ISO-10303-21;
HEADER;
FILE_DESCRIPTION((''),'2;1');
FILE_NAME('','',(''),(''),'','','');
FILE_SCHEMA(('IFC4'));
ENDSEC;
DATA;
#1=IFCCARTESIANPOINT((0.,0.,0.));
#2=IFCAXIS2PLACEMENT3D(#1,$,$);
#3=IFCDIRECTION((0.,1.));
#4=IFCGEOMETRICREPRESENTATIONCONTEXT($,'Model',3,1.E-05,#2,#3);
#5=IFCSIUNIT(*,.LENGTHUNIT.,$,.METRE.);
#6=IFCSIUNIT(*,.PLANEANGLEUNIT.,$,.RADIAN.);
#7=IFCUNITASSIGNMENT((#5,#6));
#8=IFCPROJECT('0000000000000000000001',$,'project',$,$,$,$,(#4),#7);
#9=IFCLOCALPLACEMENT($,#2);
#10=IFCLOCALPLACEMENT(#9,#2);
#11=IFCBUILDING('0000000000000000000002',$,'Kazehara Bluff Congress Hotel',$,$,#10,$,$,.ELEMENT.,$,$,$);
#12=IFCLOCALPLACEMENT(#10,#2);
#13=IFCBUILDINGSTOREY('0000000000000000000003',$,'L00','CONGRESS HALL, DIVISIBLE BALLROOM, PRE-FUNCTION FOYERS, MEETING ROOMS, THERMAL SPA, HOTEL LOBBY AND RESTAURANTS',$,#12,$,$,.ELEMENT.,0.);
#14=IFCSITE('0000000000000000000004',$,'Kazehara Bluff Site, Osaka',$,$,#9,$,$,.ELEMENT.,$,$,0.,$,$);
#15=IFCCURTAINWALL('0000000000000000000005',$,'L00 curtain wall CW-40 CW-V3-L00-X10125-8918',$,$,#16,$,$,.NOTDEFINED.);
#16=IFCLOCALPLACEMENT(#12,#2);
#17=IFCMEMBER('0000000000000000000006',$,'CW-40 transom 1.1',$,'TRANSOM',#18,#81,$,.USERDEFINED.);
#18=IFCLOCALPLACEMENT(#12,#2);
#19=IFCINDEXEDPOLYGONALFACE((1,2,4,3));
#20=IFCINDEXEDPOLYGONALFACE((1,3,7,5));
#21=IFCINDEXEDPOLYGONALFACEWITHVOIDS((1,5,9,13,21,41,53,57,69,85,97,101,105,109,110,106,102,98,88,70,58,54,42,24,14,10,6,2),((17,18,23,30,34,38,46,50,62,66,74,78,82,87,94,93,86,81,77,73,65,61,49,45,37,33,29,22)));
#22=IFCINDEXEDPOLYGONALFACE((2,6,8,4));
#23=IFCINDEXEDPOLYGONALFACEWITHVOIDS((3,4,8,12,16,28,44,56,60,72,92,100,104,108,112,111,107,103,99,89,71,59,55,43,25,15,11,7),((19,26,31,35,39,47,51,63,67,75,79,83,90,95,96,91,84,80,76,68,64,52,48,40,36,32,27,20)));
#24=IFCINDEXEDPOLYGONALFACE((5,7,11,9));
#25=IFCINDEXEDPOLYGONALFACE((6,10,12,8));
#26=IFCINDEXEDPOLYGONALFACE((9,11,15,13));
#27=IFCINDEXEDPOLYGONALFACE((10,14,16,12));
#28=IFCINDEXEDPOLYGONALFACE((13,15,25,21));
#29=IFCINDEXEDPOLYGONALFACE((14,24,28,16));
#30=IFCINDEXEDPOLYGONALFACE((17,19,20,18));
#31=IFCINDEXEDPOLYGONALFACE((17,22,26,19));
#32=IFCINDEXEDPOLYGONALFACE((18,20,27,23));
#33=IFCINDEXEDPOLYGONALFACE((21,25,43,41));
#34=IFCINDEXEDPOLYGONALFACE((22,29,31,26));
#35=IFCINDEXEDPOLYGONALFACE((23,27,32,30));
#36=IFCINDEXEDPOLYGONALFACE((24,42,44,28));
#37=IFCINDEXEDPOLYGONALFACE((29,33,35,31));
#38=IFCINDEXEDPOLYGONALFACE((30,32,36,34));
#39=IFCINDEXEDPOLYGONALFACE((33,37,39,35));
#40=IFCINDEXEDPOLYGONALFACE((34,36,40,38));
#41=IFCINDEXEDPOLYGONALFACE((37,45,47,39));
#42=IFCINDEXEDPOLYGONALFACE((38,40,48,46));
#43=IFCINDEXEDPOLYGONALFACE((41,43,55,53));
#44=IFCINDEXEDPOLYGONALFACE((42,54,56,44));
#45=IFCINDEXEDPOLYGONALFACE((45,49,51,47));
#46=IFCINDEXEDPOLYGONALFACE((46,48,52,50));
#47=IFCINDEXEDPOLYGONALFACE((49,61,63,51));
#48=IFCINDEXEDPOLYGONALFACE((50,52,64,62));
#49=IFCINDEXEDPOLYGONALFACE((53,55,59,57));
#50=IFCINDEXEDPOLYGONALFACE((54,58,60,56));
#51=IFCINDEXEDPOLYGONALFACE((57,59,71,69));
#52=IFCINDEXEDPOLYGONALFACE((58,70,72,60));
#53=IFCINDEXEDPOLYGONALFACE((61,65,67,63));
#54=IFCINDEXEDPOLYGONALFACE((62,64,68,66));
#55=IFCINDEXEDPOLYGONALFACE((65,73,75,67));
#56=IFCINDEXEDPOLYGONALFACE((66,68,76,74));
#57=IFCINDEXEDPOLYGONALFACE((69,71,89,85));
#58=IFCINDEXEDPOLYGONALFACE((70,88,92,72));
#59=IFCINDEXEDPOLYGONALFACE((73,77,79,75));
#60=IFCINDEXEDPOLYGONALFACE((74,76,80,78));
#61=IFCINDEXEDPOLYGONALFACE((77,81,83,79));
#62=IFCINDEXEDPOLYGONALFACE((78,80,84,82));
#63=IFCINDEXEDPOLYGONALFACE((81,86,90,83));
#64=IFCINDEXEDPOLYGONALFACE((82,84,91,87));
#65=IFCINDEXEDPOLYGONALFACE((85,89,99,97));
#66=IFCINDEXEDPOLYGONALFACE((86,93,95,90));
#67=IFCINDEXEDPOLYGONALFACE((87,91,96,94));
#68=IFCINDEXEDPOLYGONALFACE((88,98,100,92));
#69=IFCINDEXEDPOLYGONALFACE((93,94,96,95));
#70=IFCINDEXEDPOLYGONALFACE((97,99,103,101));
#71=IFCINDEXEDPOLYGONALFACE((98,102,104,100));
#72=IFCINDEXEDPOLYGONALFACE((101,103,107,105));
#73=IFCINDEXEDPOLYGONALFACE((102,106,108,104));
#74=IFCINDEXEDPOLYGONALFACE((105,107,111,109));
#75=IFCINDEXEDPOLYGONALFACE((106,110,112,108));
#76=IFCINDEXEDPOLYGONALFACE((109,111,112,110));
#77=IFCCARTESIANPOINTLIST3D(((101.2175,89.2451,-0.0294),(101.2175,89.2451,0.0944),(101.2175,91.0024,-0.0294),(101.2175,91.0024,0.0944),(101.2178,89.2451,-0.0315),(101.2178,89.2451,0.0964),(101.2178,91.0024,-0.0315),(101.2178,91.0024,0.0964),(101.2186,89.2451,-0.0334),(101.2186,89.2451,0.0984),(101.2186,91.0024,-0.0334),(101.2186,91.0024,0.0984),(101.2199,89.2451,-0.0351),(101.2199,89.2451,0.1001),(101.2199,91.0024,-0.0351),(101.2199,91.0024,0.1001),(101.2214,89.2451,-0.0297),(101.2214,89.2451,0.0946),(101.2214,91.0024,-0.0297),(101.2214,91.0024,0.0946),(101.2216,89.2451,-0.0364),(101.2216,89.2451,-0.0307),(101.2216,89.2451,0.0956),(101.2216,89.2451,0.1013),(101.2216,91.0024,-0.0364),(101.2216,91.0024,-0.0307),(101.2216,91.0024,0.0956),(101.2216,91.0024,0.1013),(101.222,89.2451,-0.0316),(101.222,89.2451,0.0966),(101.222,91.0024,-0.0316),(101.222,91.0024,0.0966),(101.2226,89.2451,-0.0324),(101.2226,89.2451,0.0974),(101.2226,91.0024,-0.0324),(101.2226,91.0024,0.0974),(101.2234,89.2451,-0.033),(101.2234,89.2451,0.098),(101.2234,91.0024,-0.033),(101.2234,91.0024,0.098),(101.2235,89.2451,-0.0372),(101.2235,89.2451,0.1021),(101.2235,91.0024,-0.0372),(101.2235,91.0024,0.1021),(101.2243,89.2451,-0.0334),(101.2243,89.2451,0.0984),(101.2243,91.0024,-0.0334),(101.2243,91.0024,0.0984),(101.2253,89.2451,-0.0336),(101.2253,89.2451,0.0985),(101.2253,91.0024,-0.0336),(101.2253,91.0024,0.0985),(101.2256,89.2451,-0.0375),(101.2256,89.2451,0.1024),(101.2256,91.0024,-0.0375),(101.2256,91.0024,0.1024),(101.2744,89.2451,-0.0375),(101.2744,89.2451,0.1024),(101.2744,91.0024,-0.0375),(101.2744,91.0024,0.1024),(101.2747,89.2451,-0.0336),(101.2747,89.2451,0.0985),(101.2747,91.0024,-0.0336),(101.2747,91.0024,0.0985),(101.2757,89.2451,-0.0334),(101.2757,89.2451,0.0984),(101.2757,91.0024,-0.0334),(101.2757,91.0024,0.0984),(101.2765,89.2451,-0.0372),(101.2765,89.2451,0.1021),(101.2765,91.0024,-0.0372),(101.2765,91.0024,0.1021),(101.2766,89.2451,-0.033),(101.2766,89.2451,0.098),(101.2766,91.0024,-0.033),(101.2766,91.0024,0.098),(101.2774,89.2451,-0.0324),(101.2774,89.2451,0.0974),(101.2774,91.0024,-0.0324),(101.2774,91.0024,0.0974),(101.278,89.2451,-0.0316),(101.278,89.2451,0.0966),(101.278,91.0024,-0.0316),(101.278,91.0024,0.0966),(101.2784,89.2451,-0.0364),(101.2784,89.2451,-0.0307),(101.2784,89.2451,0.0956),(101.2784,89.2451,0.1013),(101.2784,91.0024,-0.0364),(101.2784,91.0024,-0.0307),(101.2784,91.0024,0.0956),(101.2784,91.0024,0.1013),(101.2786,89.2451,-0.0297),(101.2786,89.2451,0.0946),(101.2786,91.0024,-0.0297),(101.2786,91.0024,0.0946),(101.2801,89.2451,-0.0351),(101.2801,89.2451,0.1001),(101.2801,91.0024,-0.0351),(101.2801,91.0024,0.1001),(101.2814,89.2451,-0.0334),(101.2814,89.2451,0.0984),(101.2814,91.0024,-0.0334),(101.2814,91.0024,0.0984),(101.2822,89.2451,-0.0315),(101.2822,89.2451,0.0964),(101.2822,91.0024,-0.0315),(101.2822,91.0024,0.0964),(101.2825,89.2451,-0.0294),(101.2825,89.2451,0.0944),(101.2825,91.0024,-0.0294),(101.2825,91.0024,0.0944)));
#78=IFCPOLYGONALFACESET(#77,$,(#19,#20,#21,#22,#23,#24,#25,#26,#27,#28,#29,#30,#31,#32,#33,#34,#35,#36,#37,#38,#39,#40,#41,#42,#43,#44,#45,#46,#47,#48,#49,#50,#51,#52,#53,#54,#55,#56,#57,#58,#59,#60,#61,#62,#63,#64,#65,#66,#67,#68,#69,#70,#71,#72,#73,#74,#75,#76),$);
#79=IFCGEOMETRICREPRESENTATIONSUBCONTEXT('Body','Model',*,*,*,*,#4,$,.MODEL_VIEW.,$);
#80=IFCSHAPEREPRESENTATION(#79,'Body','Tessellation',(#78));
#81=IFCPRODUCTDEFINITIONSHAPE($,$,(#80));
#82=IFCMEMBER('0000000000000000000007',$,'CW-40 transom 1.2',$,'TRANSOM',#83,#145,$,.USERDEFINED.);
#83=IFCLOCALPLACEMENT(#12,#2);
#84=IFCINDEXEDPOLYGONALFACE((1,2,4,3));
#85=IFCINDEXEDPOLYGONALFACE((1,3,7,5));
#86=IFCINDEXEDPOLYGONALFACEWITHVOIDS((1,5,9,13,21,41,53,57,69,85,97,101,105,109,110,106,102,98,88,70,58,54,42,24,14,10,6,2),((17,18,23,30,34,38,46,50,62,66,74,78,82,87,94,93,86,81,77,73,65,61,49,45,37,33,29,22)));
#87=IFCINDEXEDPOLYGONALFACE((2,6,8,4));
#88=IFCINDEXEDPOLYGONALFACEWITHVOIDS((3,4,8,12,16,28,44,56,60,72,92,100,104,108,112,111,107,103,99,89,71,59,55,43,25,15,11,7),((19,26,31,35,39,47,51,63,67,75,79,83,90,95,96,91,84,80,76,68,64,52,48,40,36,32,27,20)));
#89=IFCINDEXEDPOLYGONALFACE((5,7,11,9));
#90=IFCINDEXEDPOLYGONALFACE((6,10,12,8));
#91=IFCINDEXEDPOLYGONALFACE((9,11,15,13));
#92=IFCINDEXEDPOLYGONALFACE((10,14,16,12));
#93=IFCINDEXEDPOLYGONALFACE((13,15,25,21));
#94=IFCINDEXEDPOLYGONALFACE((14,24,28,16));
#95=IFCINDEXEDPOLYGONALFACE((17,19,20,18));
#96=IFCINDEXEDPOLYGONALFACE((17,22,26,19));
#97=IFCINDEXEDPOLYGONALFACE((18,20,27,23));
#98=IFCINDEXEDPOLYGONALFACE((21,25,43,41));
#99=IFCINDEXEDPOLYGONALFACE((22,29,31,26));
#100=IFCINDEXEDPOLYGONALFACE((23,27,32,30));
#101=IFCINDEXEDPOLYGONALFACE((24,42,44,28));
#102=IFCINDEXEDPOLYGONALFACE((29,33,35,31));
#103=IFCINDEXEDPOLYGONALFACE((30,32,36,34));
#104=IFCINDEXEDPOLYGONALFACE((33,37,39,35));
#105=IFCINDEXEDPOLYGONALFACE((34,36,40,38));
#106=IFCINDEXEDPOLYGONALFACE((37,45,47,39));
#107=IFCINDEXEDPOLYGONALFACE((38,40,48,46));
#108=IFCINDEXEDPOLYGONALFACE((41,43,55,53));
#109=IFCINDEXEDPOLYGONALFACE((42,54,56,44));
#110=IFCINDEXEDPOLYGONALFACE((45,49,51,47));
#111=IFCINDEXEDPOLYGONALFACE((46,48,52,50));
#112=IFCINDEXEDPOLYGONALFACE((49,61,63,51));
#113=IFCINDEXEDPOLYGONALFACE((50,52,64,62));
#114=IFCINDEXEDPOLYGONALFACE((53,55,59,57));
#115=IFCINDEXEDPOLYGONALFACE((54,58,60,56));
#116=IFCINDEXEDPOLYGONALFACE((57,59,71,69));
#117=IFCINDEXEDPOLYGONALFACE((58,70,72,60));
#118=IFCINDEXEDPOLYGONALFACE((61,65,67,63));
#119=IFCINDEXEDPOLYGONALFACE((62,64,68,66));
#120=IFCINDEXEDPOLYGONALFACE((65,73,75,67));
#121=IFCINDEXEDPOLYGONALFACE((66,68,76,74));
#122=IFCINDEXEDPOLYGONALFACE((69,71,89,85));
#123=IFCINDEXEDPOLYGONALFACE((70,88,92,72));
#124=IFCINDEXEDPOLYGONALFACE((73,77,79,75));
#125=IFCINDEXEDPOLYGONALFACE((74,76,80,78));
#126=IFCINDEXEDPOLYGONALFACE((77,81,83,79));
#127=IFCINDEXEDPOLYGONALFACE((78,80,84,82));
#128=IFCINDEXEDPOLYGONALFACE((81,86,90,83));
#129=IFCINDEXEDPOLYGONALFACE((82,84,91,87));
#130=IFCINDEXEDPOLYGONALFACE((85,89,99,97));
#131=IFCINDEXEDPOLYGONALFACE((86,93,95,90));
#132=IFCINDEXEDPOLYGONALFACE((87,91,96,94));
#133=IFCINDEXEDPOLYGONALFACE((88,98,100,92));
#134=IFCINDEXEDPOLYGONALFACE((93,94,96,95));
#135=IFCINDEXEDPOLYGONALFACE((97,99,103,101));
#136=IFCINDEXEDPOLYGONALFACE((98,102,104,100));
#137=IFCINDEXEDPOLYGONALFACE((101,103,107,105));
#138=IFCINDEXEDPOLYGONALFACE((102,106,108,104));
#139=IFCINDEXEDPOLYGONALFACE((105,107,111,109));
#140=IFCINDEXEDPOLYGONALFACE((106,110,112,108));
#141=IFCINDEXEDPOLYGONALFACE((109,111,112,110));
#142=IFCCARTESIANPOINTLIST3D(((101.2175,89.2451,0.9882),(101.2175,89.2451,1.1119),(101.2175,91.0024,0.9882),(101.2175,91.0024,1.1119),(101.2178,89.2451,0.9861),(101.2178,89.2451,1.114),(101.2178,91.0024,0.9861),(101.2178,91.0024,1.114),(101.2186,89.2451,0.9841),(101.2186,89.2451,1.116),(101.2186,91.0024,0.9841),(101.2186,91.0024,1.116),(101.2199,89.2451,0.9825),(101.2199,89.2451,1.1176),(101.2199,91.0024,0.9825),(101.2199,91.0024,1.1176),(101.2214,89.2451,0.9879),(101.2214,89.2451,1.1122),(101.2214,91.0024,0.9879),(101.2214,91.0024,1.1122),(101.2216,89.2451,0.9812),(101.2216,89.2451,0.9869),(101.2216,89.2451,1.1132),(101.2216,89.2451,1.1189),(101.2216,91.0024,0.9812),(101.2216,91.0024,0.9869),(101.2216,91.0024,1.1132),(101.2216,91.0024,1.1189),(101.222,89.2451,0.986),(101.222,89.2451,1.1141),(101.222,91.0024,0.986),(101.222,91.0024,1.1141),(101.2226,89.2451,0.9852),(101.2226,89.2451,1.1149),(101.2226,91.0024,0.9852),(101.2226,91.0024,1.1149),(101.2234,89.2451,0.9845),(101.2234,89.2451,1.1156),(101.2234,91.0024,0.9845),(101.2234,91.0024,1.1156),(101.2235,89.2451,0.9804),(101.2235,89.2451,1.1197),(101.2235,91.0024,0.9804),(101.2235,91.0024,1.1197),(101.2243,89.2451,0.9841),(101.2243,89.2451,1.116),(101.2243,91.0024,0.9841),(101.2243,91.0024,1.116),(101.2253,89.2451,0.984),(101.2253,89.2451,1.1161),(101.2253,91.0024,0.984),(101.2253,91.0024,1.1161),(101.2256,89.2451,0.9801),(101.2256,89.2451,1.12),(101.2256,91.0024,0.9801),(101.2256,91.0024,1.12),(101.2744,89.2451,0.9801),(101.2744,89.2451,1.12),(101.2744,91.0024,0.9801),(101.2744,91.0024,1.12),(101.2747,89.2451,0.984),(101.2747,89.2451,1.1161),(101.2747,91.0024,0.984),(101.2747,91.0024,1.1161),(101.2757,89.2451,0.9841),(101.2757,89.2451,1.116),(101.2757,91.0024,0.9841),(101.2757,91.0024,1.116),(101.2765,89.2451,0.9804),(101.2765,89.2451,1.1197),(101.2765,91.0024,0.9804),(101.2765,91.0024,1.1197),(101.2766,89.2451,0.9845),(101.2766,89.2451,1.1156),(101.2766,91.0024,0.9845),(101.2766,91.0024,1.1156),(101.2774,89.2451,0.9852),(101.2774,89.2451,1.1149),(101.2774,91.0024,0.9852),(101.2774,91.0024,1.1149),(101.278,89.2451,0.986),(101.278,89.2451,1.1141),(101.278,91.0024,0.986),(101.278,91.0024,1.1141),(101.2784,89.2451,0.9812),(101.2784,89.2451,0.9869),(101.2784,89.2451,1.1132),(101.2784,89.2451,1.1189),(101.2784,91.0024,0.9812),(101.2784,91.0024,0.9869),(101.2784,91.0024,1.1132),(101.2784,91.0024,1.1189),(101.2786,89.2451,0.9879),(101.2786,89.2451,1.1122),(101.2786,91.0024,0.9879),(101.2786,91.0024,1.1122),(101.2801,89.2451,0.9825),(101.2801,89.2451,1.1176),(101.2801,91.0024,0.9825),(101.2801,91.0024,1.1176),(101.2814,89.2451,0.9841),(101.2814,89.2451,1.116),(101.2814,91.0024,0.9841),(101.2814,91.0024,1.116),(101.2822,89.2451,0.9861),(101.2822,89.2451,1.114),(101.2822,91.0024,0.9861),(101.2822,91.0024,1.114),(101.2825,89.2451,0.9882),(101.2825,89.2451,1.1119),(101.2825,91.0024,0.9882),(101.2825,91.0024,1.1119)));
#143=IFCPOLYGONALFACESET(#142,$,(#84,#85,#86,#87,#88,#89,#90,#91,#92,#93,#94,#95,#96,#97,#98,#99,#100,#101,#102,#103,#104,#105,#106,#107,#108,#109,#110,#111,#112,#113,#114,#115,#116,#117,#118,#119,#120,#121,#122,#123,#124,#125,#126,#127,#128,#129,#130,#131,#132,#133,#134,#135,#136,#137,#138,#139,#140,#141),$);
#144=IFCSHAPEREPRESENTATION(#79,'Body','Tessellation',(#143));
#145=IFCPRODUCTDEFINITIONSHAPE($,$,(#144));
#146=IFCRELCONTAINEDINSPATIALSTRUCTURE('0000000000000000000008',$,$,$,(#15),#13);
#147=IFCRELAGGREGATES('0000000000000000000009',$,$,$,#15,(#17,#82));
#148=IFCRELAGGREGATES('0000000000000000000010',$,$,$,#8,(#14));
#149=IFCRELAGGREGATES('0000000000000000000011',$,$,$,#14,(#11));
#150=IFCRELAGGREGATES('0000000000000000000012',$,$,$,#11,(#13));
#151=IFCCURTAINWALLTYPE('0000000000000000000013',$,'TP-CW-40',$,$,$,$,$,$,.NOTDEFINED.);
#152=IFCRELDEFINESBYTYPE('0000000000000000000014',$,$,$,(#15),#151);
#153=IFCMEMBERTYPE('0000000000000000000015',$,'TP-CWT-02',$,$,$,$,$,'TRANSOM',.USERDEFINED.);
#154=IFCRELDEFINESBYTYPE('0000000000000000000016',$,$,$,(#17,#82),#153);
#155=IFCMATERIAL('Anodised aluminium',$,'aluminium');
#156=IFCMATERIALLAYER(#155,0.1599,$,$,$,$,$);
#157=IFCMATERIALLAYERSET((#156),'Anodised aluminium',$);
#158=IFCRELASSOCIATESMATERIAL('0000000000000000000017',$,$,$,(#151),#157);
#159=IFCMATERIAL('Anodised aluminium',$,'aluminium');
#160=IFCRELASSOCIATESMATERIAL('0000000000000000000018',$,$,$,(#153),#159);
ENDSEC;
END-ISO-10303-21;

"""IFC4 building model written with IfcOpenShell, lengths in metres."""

from ifc_helpers import new_model, si_unit, direction, frame, origin, origin_2d, place, context, subcontext, project, spatial, hollow_rectangle, extrude, material, layer, layer_set, material_profile, profile_set, type_object, element, aggregate, save


model = new_model("IFC4")

# Units and contexts
model_context = context("Model", 3, precision=1e-05, world=origin(), true_north=direction((0.0, 1.0)))
body_context = subcontext(model_context, "Body", "Model", "MODEL_VIEW")
ifc_project = project(units=[si_unit("LENGTHUNIT", "METRE"), si_unit("PLANEANGLEUNIT", "RADIAN")], contexts=[model_context])

# Site, building, storey
site_placement = place(None, origin())
site = spatial("IfcSite", under=ifc_project, at=site_placement, Name="Kazehara Bluff Site, Osaka", CompositionType="ELEMENT", RefElevation=0.0)
building_placement = place(site_placement, origin())
building = spatial("IfcBuilding", under=site, at=building_placement, Name="Kazehara Bluff Congress Hotel", CompositionType="ELEMENT")
storey_placement = place(building_placement, origin())
storey = spatial("IfcBuildingStorey", under=building, at=storey_placement, Name="L00", Description="CONGRESS HALL, DIVISIBLE BALLROOM, PRE-FUNCTION FOYERS, MEETING ROOMS, THERMAL SPA, HOTEL LOBBY AND RESTAURANTS", CompositionType="ELEMENT", Elevation=0.0)

# Shared definitions
ifc_material_1 = material(Name="Anodised aluminium", Category="aluminium")
ifc_layer_1 = layer(ifc_material_1, 0.1599)
ifc_layer_set_1 = layer_set([ifc_layer_1], Name="Anodised aluminium")
curtain_wall_type = type_object("IfcCurtainWallType", Name="TP-CW-40", PredefinedType="NOTDEFINED", material=ifc_layer_set_1)

# Curtain wall
curtain_wall_1_placement = place(storey_placement, origin())
curtain_wall_1 = element("IfcCurtainWall", 1, at=curtain_wall_1_placement, inside=storey, type_object=curtain_wall_type, Name="L00 curtain wall CW-40 CW-V3-L00-X10125-8918", PredefinedType="NOTDEFINED")

# Members
ifc_material_2 = material(Name="Anodised aluminium", Category="aluminium")
ifc_material_profile_1 = material_profile(ifc_material_2, hollow_rectangle(XDim=0.0649, YDim=0.1399, WallThickness=0.0039, InnerFilletRadius=0.0039, OuterFilletRadius=0.0081, at=origin_2d()))
ifc_profile_set_1 = profile_set([ifc_material_profile_1], Name="Anodised aluminium")
member_type_1 = type_object("IfcMemberType", Name="TP-CWT-02", ElementType="TRANSOM", PredefinedType="USERDEFINED", material=ifc_profile_set_1)
member_1_placement = place(storey_placement, frame((101.25, 89.2451, 0.0325), z_axis=(0.0, 1.0, 0.0), x_axis=(-1.0, 0.0, 0.0)))
member_1 = element("IfcMember", 2, at=member_1_placement, type_object=member_type_1, Name="CW-40 transom 1.1", ObjectType="TRANSOM", PredefinedType="USERDEFINED", context=body_context, shape_type="SweptSolid", body=[
    extrude(hollow_rectangle(XDim=0.0649, YDim=0.1399, WallThickness=0.0039, InnerFilletRadius=0.0039, OuterFilletRadius=0.0081, at=origin_2d()), origin(), (0.0, 0.0, 1.0), 1.7573),
])
member_2_placement = place(storey_placement, frame((101.25, 89.2451, 1.05), z_axis=(0.0, 1.0, 0.0), x_axis=(-1.0, 0.0, 0.0)))
member_2 = element("IfcMember", 3, at=member_2_placement, type_object=member_type_1, Name="CW-40 transom 1.2", ObjectType="TRANSOM", PredefinedType="USERDEFINED", context=body_context, shape_type="SweptSolid", body=[
    extrude(hollow_rectangle(XDim=0.0649, YDim=0.1399, WallThickness=0.0039, InnerFilletRadius=0.0039, OuterFilletRadius=0.0081, at=origin_2d()), origin(), (0.0, 0.0, 1.0), 1.7573),
])
aggregate(curtain_wall_1, [member_1, member_2])

save(model, "model.ifc")
